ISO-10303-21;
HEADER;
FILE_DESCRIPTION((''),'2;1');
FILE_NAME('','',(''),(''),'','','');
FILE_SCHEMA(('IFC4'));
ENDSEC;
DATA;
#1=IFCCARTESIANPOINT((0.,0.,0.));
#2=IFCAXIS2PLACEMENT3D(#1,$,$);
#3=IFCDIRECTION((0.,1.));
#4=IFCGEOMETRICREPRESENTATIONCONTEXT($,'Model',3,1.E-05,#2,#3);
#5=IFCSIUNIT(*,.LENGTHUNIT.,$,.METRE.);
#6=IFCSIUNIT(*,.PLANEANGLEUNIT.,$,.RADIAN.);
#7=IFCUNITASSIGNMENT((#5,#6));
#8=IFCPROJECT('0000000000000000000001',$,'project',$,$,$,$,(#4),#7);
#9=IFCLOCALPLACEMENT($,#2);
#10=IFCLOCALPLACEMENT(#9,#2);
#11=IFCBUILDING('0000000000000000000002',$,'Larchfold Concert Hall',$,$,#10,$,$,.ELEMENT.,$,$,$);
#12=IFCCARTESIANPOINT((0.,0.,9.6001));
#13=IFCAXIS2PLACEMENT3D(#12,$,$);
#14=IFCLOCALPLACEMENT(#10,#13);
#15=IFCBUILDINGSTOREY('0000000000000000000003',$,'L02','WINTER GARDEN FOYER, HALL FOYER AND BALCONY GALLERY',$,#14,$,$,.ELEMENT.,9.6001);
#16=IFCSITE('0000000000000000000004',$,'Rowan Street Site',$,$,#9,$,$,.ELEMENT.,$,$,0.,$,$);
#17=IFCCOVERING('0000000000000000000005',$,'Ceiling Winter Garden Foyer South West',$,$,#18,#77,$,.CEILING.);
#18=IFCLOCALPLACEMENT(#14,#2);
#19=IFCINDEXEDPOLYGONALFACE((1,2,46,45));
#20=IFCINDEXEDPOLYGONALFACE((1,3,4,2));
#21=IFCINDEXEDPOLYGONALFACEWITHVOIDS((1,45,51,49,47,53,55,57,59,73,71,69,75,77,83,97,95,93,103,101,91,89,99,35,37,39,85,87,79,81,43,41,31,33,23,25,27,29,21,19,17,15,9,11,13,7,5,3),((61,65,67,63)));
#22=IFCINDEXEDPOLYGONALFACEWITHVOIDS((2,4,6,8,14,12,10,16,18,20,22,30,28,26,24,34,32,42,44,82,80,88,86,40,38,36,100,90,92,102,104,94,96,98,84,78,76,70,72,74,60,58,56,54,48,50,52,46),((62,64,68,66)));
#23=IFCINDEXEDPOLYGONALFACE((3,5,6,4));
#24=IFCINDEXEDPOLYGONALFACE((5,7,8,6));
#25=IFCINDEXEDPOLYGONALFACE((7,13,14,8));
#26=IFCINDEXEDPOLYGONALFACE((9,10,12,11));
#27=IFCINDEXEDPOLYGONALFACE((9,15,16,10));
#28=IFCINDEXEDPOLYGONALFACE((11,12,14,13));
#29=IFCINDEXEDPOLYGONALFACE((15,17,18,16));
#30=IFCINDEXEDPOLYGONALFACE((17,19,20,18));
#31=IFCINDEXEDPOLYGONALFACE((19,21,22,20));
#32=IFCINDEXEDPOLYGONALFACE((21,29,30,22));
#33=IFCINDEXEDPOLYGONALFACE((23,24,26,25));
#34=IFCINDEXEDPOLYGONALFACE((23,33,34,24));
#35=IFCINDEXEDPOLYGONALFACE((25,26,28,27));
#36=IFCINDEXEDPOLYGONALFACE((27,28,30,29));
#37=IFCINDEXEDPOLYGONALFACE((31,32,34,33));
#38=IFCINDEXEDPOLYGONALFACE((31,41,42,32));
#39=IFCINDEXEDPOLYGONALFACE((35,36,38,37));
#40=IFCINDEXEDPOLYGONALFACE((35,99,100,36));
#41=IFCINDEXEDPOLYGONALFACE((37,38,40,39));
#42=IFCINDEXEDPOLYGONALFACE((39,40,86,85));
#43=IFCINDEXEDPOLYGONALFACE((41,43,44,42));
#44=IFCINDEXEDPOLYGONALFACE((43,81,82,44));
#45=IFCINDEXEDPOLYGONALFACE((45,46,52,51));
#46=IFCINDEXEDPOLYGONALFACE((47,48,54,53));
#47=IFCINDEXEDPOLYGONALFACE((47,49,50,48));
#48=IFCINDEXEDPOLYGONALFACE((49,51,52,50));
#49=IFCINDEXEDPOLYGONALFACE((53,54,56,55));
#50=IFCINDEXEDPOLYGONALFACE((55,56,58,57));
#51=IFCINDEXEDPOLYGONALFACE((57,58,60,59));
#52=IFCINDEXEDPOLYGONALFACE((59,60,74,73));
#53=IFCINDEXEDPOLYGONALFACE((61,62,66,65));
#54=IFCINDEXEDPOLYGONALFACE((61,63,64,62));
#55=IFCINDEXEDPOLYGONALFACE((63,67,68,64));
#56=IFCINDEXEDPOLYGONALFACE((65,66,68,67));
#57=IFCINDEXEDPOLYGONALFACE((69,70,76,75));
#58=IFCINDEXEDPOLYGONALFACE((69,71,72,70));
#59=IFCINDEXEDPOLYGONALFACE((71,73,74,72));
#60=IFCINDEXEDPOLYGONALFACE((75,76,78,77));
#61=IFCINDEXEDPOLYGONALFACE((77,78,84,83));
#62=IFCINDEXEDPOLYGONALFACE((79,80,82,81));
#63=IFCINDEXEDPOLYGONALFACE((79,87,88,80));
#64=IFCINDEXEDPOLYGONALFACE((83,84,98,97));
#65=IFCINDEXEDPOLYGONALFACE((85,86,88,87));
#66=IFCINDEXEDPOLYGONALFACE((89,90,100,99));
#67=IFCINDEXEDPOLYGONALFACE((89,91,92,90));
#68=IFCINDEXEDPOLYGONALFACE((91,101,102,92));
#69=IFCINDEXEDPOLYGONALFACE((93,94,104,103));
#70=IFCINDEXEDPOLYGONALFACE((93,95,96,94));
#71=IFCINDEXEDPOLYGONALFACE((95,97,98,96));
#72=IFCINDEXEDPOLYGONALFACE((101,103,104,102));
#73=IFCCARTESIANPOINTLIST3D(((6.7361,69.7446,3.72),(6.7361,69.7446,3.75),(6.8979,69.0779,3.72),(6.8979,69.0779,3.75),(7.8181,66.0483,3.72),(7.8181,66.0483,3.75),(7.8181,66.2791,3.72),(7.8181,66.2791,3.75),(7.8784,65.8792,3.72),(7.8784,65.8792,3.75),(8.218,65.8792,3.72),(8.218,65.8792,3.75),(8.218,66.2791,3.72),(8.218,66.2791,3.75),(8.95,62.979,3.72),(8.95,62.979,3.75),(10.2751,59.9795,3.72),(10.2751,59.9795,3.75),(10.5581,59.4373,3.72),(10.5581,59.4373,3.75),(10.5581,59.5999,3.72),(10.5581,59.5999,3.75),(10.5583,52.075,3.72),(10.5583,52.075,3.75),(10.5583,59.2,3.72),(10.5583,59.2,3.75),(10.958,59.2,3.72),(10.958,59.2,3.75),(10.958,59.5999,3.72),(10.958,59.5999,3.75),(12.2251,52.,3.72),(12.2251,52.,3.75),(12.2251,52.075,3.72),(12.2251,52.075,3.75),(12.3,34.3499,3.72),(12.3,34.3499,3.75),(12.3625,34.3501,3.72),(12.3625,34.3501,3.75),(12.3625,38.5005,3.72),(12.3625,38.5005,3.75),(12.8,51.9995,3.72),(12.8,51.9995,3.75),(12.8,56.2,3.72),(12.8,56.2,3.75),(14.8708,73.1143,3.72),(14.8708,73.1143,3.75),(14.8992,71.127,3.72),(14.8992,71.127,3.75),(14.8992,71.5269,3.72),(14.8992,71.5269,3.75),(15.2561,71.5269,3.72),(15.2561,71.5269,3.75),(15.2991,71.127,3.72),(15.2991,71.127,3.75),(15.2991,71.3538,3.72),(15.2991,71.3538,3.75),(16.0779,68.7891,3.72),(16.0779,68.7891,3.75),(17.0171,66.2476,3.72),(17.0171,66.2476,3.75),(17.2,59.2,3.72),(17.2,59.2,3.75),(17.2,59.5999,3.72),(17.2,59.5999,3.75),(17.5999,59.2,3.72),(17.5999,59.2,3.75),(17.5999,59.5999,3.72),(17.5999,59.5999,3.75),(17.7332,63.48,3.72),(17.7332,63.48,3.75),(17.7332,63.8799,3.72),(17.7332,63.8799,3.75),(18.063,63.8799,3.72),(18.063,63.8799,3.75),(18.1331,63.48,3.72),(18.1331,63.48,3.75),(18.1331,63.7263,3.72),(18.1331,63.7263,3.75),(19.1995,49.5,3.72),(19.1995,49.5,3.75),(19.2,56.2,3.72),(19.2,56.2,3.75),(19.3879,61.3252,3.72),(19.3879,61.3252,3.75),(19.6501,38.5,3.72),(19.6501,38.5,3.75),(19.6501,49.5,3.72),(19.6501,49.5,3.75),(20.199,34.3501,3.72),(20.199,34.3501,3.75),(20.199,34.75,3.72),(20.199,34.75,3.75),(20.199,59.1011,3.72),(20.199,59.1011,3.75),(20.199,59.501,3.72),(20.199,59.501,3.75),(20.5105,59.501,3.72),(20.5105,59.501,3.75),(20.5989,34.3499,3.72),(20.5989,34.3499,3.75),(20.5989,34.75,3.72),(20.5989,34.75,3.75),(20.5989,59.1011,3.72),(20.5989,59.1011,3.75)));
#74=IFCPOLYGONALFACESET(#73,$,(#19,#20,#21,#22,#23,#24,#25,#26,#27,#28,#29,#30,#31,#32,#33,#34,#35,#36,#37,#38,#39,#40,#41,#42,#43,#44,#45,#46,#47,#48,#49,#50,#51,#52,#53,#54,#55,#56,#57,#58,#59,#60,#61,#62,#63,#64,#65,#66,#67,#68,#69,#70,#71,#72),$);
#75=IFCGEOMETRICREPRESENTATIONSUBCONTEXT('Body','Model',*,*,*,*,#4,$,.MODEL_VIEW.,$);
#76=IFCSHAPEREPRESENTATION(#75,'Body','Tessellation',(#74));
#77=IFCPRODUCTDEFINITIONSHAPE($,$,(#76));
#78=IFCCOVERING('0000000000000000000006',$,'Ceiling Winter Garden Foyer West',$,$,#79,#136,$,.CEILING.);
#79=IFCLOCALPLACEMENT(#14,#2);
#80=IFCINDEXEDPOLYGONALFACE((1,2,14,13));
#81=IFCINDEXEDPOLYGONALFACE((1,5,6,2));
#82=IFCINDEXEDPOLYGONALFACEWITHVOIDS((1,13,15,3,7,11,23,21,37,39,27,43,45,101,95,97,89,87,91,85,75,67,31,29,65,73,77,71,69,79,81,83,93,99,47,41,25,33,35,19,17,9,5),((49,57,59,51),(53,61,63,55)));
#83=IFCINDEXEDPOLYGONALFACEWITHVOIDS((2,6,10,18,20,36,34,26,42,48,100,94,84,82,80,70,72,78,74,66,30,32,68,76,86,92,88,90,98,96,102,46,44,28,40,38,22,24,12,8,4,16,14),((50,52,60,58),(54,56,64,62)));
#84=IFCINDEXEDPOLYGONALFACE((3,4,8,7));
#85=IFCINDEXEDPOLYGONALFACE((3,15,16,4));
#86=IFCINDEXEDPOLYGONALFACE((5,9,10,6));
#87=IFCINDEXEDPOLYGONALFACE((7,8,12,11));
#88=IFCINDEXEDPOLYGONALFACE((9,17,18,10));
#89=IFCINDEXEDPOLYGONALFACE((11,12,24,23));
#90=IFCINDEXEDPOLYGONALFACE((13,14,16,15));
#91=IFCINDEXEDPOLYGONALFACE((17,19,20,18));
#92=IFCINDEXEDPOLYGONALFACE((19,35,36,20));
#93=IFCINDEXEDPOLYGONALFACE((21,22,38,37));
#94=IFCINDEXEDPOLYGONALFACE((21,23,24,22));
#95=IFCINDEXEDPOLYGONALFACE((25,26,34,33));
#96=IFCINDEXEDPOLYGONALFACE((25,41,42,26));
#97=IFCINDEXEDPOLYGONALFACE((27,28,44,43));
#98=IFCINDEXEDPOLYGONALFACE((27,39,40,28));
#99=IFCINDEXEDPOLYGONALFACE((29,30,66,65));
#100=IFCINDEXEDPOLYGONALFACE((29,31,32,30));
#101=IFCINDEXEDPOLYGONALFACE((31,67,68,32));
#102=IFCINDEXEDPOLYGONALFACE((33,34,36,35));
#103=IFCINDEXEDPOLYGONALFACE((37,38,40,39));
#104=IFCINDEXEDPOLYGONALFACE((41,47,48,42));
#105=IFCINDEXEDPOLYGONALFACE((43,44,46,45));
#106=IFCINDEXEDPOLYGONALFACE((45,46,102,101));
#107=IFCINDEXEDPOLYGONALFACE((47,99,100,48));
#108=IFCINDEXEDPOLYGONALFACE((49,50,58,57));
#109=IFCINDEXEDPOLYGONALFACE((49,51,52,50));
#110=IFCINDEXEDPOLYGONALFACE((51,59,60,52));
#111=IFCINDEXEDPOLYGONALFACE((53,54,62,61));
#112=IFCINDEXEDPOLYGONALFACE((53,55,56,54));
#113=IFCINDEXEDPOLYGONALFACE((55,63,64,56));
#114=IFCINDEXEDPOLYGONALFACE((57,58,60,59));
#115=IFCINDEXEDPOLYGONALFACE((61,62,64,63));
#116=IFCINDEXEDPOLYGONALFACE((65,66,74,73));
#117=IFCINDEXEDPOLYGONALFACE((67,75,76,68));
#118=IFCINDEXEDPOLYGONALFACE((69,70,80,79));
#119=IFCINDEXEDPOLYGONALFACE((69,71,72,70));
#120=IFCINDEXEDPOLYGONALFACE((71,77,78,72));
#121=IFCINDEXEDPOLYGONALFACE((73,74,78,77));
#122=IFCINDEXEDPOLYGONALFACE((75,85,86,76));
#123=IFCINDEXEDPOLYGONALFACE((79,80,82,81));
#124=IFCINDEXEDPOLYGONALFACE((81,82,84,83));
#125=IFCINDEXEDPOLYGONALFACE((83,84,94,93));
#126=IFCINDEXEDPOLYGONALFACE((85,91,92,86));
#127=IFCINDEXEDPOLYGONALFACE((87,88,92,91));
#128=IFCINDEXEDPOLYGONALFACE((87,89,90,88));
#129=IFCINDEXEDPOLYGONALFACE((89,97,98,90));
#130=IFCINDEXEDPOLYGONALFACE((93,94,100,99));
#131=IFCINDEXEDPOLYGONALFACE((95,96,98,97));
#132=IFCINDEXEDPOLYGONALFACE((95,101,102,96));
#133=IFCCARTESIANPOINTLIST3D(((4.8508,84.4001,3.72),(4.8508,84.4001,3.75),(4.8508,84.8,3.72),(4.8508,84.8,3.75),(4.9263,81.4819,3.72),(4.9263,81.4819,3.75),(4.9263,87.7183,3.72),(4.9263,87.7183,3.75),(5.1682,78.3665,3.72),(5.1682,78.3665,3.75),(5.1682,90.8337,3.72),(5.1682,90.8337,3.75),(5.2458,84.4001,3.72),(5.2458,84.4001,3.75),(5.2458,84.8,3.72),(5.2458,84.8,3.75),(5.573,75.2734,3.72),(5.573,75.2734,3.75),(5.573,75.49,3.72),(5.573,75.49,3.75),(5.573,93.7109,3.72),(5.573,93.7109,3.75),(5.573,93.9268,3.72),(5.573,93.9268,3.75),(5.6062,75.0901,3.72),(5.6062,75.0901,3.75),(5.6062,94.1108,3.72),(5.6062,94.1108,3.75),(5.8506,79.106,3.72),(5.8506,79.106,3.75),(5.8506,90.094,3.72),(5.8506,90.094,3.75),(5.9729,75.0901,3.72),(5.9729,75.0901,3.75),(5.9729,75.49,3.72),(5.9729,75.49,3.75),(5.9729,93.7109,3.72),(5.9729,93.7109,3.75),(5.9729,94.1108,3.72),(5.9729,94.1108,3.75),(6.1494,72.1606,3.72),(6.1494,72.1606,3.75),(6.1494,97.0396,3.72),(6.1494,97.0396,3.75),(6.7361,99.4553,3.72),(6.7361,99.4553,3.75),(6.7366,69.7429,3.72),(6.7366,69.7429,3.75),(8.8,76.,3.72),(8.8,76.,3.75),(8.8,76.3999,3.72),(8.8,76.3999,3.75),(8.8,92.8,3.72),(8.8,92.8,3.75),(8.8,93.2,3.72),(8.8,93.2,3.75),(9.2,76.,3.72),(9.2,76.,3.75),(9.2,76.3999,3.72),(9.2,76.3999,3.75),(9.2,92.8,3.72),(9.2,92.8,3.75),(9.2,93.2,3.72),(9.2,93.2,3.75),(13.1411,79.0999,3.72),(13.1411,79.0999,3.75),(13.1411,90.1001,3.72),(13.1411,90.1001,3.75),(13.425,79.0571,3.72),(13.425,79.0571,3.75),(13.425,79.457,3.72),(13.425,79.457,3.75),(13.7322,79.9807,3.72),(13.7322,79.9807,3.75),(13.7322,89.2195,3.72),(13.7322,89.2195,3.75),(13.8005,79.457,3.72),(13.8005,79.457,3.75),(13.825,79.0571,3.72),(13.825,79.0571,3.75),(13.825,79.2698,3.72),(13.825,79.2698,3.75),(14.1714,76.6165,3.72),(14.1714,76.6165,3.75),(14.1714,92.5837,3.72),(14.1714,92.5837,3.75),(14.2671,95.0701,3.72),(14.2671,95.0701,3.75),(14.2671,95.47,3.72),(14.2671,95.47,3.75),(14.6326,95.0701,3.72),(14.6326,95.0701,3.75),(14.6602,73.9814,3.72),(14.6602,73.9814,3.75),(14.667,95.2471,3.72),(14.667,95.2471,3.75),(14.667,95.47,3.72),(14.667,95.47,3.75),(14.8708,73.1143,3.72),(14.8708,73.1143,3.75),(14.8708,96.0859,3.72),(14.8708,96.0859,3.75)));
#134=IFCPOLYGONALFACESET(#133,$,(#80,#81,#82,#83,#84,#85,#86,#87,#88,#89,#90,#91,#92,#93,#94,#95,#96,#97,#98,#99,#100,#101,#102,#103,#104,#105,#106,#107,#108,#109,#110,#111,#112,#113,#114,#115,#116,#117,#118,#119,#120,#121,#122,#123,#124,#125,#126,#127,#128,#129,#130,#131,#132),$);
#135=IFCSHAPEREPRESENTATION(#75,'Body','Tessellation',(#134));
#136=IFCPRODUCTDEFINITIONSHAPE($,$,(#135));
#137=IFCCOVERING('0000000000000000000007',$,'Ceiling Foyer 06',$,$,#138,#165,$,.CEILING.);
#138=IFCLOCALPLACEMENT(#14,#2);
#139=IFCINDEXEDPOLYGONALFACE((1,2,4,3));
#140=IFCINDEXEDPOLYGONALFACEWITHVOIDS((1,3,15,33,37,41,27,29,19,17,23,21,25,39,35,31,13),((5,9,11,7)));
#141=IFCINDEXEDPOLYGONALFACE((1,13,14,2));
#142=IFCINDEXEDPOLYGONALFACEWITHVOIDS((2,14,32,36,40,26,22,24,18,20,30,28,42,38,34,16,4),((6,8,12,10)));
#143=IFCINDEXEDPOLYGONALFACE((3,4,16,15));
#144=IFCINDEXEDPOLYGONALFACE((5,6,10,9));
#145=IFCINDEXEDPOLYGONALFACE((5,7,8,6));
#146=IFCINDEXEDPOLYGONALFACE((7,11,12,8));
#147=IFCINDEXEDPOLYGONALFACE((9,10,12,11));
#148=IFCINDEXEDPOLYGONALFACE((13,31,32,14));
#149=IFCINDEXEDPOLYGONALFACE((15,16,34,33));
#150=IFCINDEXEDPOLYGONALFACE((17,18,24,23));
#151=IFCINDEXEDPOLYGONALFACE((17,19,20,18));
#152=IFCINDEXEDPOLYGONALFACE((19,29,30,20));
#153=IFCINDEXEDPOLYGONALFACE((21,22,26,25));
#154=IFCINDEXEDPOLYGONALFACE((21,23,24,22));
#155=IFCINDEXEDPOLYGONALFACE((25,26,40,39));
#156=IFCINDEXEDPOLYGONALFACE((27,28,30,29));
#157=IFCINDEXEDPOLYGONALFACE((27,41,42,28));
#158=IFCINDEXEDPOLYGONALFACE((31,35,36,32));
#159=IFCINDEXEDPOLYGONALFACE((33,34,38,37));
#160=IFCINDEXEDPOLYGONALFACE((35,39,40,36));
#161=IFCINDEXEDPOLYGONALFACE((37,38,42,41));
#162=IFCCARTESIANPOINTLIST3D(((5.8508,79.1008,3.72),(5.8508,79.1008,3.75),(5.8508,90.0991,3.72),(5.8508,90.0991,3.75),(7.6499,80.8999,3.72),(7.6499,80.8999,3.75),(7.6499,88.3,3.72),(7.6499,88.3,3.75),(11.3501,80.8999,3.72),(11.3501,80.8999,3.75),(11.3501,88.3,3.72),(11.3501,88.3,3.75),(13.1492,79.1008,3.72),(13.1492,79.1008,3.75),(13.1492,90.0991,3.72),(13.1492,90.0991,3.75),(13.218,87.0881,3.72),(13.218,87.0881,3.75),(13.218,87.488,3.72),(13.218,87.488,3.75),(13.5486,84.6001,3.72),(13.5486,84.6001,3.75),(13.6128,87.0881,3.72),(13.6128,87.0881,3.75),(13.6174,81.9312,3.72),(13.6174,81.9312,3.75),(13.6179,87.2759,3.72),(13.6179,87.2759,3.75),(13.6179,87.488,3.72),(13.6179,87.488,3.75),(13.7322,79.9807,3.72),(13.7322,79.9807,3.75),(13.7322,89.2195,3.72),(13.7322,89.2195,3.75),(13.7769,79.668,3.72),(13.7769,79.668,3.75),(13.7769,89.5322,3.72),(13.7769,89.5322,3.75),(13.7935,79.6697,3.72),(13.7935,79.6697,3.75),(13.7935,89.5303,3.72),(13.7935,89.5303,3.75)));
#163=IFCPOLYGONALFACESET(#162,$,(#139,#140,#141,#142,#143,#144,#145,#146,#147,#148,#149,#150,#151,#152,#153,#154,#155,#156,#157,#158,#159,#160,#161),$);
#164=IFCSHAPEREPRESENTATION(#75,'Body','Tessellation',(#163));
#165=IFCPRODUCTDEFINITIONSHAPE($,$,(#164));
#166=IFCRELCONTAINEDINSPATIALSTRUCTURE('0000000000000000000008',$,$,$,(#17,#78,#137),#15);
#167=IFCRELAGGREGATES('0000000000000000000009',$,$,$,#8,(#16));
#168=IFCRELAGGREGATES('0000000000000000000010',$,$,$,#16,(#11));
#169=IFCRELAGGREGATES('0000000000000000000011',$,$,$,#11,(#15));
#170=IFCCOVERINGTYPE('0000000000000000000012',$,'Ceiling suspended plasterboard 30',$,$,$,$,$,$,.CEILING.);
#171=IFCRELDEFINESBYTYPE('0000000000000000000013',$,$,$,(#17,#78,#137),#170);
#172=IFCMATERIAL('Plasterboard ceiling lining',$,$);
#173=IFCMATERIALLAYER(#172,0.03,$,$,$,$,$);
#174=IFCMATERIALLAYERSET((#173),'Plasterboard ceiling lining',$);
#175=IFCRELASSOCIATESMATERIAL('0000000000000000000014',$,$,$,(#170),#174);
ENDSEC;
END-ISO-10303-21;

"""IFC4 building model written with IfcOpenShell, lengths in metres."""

from ifc_helpers import new_model, si_unit, direction, frame, origin, place, context, subcontext, project, spatial, polyline, outline, extrude, material, layer, layer_set, type_object, element, save


model = new_model("IFC4")

# Units and contexts
model_context = context("Model", 3, precision=1e-05, world=origin(), true_north=direction((0.0, 1.0)))
body_context = subcontext(model_context, "Body", "Model", "MODEL_VIEW")
ifc_project = project(units=[si_unit("LENGTHUNIT", "METRE"), si_unit("PLANEANGLEUNIT", "RADIAN")], contexts=[model_context])

# Site, building, storey
site_placement = place(None, origin())
site = spatial("IfcSite", under=ifc_project, at=site_placement, Name="Rowan Street Site", CompositionType="ELEMENT", RefElevation=0.0)
building_placement = place(site_placement, origin())
building = spatial("IfcBuilding", under=site, at=building_placement, Name="Larchfold Concert Hall", CompositionType="ELEMENT")
storey_placement = place(building_placement, frame((0.0, 0.0, 9.6001)))
storey = spatial("IfcBuildingStorey", under=building, at=storey_placement, Name="L02", Description="WINTER GARDEN FOYER, HALL FOYER AND BALCONY GALLERY", CompositionType="ELEMENT", Elevation=9.6001)

# Coverings
ifc_material_1 = material(Name="Plasterboard ceiling lining")
ifc_layer_1 = layer(ifc_material_1, 0.03)
ifc_layer_set_1 = layer_set([ifc_layer_1], Name="Plasterboard ceiling lining")
covering_type_1 = type_object("IfcCoveringType", Name="Ceiling suspended plasterboard 30", PredefinedType="CEILING", material=ifc_layer_set_1)
covering_1_placement = place(storey_placement, frame((0.0, 0.0, 3.72)))
element("IfcCovering", 1, at=covering_1_placement, inside=storey, type_object=covering_type_1, Name="Ceiling Winter Garden Foyer South West", PredefinedType="CEILING", context=body_context, shape_type="SweptSolid", body=[
    extrude(outline(polyline([(7.8181, 66.0483), (7.8181, 66.2791), (8.218, 66.2791), (8.218, 65.8792), (7.8784, 65.8792), (8.95, 62.979), (10.2751, 59.9795), (10.5581, 59.4373), (10.5581, 59.5999), (10.958, 59.5999), (10.958, 59.2), (10.5583, 59.2), (10.5583, 52.075), (12.2251, 52.075), (12.2251, 52.0), (12.8, 51.9995), (12.8, 56.2), (19.2, 56.2), (19.1995, 49.5), (19.6501, 49.5), (19.6501, 38.5), (12.3625, 38.5005), (12.3625, 34.3501), (12.3, 34.3499), (20.5989, 34.3499), (20.199, 34.3501), (20.199, 34.75), (20.5989, 34.75), (20.5989, 59.1011), (20.199, 59.1011), (20.199, 59.501), (20.5105, 59.501), (19.3879, 61.3252), (18.1331, 63.7263), (18.1331, 63.48), (17.7332, 63.48), (17.7332, 63.8799), (18.063, 63.8799), (17.0171, 66.2476), (16.0779, 68.7891), (15.2991, 71.3538), (15.2991, 71.127), (14.8992, 71.127), (14.8992, 71.5269), (15.2561, 71.5269), (14.8708, 73.1143), (6.7361, 69.7446), (6.8979, 69.0779), (7.8181, 66.0483)]), holes=[polyline([(17.5999, 59.2), (17.2, 59.2), (17.2, 59.5999), (17.5999, 59.5999), (17.5999, 59.2)])]), origin(), (0.0, 0.0, 1.0), 0.03),
])
covering_2_placement = place(storey_placement, frame((0.0, 0.0, 3.72)))
element("IfcCovering", 2, at=covering_2_placement, inside=storey, type_object=covering_type_1, Name="Ceiling Winter Garden Foyer West", PredefinedType="CEILING", context=body_context, shape_type="SweptSolid", body=[
    extrude(outline(polyline([(5.1682, 78.3665), (5.573, 75.2734), (5.573, 75.49), (5.9729, 75.49), (5.9729, 75.0901), (5.6062, 75.0901), (6.1494, 72.1606), (6.7366, 69.7429), (14.8708, 73.1143), (14.6602, 73.9814), (14.1714, 76.6165), (13.825, 79.2698), (13.825, 79.0571), (13.425, 79.0571), (13.425, 79.457), (13.8005, 79.457), (13.7322, 79.9807), (13.1411, 79.0999), (5.8506, 79.106), (5.8506, 90.094), (13.1411, 90.1001), (13.7322, 89.2195), (14.1714, 92.5837), (14.6326, 95.0701), (14.2671, 95.0701), (14.2671, 95.47), (14.667, 95.47), (14.667, 95.2471), (14.8708, 96.0859), (6.7361, 99.4553), (6.1494, 97.0396), (5.6062, 94.1108), (5.9729, 94.1108), (5.9729, 93.7109), (5.573, 93.7109), (5.573, 93.9268), (5.1682, 90.8337), (4.9263, 87.7183), (4.8508, 84.8), (5.2458, 84.8), (5.2458, 84.4001), (4.8508, 84.4001), (4.9263, 81.4819), (5.1682, 78.3665)]), holes=[polyline([(9.2, 76.0), (8.8, 76.0), (8.8, 76.3999), (9.2, 76.3999), (9.2, 76.0)]), polyline([(9.2, 92.8), (8.8, 92.8), (8.8, 93.2), (9.2, 93.2), (9.2, 92.8)])]), origin(), (0.0, 0.0, 1.0), 0.03),
])
covering_3_placement = place(storey_placement, frame((0.0, 0.0, 3.72)))
element("IfcCovering", 3, at=covering_3_placement, inside=storey, type_object=covering_type_1, Name="Ceiling Foyer 06", PredefinedType="CEILING", context=body_context, shape_type="SweptSolid", body=[
    extrude(outline(polyline([(5.8508, 90.0991), (5.8508, 79.1008), (13.1492, 79.1008), (13.7322, 79.9807), (13.7769, 79.668), (13.7935, 79.6697), (13.6174, 81.9312), (13.5486, 84.6001), (13.6128, 87.0881), (13.218, 87.0881), (13.218, 87.488), (13.6179, 87.488), (13.6179, 87.2759), (13.7935, 89.5303), (13.7769, 89.5322), (13.7322, 89.2195), (13.1492, 90.0991), (5.8508, 90.0991)]), holes=[polyline([(7.6499, 80.8999), (7.6499, 88.3), (11.3501, 88.3), (11.3501, 80.8999), (7.6499, 80.8999)])]), origin(), (0.0, 0.0, 1.0), 0.03),
])

save(model, "model.ifc")
